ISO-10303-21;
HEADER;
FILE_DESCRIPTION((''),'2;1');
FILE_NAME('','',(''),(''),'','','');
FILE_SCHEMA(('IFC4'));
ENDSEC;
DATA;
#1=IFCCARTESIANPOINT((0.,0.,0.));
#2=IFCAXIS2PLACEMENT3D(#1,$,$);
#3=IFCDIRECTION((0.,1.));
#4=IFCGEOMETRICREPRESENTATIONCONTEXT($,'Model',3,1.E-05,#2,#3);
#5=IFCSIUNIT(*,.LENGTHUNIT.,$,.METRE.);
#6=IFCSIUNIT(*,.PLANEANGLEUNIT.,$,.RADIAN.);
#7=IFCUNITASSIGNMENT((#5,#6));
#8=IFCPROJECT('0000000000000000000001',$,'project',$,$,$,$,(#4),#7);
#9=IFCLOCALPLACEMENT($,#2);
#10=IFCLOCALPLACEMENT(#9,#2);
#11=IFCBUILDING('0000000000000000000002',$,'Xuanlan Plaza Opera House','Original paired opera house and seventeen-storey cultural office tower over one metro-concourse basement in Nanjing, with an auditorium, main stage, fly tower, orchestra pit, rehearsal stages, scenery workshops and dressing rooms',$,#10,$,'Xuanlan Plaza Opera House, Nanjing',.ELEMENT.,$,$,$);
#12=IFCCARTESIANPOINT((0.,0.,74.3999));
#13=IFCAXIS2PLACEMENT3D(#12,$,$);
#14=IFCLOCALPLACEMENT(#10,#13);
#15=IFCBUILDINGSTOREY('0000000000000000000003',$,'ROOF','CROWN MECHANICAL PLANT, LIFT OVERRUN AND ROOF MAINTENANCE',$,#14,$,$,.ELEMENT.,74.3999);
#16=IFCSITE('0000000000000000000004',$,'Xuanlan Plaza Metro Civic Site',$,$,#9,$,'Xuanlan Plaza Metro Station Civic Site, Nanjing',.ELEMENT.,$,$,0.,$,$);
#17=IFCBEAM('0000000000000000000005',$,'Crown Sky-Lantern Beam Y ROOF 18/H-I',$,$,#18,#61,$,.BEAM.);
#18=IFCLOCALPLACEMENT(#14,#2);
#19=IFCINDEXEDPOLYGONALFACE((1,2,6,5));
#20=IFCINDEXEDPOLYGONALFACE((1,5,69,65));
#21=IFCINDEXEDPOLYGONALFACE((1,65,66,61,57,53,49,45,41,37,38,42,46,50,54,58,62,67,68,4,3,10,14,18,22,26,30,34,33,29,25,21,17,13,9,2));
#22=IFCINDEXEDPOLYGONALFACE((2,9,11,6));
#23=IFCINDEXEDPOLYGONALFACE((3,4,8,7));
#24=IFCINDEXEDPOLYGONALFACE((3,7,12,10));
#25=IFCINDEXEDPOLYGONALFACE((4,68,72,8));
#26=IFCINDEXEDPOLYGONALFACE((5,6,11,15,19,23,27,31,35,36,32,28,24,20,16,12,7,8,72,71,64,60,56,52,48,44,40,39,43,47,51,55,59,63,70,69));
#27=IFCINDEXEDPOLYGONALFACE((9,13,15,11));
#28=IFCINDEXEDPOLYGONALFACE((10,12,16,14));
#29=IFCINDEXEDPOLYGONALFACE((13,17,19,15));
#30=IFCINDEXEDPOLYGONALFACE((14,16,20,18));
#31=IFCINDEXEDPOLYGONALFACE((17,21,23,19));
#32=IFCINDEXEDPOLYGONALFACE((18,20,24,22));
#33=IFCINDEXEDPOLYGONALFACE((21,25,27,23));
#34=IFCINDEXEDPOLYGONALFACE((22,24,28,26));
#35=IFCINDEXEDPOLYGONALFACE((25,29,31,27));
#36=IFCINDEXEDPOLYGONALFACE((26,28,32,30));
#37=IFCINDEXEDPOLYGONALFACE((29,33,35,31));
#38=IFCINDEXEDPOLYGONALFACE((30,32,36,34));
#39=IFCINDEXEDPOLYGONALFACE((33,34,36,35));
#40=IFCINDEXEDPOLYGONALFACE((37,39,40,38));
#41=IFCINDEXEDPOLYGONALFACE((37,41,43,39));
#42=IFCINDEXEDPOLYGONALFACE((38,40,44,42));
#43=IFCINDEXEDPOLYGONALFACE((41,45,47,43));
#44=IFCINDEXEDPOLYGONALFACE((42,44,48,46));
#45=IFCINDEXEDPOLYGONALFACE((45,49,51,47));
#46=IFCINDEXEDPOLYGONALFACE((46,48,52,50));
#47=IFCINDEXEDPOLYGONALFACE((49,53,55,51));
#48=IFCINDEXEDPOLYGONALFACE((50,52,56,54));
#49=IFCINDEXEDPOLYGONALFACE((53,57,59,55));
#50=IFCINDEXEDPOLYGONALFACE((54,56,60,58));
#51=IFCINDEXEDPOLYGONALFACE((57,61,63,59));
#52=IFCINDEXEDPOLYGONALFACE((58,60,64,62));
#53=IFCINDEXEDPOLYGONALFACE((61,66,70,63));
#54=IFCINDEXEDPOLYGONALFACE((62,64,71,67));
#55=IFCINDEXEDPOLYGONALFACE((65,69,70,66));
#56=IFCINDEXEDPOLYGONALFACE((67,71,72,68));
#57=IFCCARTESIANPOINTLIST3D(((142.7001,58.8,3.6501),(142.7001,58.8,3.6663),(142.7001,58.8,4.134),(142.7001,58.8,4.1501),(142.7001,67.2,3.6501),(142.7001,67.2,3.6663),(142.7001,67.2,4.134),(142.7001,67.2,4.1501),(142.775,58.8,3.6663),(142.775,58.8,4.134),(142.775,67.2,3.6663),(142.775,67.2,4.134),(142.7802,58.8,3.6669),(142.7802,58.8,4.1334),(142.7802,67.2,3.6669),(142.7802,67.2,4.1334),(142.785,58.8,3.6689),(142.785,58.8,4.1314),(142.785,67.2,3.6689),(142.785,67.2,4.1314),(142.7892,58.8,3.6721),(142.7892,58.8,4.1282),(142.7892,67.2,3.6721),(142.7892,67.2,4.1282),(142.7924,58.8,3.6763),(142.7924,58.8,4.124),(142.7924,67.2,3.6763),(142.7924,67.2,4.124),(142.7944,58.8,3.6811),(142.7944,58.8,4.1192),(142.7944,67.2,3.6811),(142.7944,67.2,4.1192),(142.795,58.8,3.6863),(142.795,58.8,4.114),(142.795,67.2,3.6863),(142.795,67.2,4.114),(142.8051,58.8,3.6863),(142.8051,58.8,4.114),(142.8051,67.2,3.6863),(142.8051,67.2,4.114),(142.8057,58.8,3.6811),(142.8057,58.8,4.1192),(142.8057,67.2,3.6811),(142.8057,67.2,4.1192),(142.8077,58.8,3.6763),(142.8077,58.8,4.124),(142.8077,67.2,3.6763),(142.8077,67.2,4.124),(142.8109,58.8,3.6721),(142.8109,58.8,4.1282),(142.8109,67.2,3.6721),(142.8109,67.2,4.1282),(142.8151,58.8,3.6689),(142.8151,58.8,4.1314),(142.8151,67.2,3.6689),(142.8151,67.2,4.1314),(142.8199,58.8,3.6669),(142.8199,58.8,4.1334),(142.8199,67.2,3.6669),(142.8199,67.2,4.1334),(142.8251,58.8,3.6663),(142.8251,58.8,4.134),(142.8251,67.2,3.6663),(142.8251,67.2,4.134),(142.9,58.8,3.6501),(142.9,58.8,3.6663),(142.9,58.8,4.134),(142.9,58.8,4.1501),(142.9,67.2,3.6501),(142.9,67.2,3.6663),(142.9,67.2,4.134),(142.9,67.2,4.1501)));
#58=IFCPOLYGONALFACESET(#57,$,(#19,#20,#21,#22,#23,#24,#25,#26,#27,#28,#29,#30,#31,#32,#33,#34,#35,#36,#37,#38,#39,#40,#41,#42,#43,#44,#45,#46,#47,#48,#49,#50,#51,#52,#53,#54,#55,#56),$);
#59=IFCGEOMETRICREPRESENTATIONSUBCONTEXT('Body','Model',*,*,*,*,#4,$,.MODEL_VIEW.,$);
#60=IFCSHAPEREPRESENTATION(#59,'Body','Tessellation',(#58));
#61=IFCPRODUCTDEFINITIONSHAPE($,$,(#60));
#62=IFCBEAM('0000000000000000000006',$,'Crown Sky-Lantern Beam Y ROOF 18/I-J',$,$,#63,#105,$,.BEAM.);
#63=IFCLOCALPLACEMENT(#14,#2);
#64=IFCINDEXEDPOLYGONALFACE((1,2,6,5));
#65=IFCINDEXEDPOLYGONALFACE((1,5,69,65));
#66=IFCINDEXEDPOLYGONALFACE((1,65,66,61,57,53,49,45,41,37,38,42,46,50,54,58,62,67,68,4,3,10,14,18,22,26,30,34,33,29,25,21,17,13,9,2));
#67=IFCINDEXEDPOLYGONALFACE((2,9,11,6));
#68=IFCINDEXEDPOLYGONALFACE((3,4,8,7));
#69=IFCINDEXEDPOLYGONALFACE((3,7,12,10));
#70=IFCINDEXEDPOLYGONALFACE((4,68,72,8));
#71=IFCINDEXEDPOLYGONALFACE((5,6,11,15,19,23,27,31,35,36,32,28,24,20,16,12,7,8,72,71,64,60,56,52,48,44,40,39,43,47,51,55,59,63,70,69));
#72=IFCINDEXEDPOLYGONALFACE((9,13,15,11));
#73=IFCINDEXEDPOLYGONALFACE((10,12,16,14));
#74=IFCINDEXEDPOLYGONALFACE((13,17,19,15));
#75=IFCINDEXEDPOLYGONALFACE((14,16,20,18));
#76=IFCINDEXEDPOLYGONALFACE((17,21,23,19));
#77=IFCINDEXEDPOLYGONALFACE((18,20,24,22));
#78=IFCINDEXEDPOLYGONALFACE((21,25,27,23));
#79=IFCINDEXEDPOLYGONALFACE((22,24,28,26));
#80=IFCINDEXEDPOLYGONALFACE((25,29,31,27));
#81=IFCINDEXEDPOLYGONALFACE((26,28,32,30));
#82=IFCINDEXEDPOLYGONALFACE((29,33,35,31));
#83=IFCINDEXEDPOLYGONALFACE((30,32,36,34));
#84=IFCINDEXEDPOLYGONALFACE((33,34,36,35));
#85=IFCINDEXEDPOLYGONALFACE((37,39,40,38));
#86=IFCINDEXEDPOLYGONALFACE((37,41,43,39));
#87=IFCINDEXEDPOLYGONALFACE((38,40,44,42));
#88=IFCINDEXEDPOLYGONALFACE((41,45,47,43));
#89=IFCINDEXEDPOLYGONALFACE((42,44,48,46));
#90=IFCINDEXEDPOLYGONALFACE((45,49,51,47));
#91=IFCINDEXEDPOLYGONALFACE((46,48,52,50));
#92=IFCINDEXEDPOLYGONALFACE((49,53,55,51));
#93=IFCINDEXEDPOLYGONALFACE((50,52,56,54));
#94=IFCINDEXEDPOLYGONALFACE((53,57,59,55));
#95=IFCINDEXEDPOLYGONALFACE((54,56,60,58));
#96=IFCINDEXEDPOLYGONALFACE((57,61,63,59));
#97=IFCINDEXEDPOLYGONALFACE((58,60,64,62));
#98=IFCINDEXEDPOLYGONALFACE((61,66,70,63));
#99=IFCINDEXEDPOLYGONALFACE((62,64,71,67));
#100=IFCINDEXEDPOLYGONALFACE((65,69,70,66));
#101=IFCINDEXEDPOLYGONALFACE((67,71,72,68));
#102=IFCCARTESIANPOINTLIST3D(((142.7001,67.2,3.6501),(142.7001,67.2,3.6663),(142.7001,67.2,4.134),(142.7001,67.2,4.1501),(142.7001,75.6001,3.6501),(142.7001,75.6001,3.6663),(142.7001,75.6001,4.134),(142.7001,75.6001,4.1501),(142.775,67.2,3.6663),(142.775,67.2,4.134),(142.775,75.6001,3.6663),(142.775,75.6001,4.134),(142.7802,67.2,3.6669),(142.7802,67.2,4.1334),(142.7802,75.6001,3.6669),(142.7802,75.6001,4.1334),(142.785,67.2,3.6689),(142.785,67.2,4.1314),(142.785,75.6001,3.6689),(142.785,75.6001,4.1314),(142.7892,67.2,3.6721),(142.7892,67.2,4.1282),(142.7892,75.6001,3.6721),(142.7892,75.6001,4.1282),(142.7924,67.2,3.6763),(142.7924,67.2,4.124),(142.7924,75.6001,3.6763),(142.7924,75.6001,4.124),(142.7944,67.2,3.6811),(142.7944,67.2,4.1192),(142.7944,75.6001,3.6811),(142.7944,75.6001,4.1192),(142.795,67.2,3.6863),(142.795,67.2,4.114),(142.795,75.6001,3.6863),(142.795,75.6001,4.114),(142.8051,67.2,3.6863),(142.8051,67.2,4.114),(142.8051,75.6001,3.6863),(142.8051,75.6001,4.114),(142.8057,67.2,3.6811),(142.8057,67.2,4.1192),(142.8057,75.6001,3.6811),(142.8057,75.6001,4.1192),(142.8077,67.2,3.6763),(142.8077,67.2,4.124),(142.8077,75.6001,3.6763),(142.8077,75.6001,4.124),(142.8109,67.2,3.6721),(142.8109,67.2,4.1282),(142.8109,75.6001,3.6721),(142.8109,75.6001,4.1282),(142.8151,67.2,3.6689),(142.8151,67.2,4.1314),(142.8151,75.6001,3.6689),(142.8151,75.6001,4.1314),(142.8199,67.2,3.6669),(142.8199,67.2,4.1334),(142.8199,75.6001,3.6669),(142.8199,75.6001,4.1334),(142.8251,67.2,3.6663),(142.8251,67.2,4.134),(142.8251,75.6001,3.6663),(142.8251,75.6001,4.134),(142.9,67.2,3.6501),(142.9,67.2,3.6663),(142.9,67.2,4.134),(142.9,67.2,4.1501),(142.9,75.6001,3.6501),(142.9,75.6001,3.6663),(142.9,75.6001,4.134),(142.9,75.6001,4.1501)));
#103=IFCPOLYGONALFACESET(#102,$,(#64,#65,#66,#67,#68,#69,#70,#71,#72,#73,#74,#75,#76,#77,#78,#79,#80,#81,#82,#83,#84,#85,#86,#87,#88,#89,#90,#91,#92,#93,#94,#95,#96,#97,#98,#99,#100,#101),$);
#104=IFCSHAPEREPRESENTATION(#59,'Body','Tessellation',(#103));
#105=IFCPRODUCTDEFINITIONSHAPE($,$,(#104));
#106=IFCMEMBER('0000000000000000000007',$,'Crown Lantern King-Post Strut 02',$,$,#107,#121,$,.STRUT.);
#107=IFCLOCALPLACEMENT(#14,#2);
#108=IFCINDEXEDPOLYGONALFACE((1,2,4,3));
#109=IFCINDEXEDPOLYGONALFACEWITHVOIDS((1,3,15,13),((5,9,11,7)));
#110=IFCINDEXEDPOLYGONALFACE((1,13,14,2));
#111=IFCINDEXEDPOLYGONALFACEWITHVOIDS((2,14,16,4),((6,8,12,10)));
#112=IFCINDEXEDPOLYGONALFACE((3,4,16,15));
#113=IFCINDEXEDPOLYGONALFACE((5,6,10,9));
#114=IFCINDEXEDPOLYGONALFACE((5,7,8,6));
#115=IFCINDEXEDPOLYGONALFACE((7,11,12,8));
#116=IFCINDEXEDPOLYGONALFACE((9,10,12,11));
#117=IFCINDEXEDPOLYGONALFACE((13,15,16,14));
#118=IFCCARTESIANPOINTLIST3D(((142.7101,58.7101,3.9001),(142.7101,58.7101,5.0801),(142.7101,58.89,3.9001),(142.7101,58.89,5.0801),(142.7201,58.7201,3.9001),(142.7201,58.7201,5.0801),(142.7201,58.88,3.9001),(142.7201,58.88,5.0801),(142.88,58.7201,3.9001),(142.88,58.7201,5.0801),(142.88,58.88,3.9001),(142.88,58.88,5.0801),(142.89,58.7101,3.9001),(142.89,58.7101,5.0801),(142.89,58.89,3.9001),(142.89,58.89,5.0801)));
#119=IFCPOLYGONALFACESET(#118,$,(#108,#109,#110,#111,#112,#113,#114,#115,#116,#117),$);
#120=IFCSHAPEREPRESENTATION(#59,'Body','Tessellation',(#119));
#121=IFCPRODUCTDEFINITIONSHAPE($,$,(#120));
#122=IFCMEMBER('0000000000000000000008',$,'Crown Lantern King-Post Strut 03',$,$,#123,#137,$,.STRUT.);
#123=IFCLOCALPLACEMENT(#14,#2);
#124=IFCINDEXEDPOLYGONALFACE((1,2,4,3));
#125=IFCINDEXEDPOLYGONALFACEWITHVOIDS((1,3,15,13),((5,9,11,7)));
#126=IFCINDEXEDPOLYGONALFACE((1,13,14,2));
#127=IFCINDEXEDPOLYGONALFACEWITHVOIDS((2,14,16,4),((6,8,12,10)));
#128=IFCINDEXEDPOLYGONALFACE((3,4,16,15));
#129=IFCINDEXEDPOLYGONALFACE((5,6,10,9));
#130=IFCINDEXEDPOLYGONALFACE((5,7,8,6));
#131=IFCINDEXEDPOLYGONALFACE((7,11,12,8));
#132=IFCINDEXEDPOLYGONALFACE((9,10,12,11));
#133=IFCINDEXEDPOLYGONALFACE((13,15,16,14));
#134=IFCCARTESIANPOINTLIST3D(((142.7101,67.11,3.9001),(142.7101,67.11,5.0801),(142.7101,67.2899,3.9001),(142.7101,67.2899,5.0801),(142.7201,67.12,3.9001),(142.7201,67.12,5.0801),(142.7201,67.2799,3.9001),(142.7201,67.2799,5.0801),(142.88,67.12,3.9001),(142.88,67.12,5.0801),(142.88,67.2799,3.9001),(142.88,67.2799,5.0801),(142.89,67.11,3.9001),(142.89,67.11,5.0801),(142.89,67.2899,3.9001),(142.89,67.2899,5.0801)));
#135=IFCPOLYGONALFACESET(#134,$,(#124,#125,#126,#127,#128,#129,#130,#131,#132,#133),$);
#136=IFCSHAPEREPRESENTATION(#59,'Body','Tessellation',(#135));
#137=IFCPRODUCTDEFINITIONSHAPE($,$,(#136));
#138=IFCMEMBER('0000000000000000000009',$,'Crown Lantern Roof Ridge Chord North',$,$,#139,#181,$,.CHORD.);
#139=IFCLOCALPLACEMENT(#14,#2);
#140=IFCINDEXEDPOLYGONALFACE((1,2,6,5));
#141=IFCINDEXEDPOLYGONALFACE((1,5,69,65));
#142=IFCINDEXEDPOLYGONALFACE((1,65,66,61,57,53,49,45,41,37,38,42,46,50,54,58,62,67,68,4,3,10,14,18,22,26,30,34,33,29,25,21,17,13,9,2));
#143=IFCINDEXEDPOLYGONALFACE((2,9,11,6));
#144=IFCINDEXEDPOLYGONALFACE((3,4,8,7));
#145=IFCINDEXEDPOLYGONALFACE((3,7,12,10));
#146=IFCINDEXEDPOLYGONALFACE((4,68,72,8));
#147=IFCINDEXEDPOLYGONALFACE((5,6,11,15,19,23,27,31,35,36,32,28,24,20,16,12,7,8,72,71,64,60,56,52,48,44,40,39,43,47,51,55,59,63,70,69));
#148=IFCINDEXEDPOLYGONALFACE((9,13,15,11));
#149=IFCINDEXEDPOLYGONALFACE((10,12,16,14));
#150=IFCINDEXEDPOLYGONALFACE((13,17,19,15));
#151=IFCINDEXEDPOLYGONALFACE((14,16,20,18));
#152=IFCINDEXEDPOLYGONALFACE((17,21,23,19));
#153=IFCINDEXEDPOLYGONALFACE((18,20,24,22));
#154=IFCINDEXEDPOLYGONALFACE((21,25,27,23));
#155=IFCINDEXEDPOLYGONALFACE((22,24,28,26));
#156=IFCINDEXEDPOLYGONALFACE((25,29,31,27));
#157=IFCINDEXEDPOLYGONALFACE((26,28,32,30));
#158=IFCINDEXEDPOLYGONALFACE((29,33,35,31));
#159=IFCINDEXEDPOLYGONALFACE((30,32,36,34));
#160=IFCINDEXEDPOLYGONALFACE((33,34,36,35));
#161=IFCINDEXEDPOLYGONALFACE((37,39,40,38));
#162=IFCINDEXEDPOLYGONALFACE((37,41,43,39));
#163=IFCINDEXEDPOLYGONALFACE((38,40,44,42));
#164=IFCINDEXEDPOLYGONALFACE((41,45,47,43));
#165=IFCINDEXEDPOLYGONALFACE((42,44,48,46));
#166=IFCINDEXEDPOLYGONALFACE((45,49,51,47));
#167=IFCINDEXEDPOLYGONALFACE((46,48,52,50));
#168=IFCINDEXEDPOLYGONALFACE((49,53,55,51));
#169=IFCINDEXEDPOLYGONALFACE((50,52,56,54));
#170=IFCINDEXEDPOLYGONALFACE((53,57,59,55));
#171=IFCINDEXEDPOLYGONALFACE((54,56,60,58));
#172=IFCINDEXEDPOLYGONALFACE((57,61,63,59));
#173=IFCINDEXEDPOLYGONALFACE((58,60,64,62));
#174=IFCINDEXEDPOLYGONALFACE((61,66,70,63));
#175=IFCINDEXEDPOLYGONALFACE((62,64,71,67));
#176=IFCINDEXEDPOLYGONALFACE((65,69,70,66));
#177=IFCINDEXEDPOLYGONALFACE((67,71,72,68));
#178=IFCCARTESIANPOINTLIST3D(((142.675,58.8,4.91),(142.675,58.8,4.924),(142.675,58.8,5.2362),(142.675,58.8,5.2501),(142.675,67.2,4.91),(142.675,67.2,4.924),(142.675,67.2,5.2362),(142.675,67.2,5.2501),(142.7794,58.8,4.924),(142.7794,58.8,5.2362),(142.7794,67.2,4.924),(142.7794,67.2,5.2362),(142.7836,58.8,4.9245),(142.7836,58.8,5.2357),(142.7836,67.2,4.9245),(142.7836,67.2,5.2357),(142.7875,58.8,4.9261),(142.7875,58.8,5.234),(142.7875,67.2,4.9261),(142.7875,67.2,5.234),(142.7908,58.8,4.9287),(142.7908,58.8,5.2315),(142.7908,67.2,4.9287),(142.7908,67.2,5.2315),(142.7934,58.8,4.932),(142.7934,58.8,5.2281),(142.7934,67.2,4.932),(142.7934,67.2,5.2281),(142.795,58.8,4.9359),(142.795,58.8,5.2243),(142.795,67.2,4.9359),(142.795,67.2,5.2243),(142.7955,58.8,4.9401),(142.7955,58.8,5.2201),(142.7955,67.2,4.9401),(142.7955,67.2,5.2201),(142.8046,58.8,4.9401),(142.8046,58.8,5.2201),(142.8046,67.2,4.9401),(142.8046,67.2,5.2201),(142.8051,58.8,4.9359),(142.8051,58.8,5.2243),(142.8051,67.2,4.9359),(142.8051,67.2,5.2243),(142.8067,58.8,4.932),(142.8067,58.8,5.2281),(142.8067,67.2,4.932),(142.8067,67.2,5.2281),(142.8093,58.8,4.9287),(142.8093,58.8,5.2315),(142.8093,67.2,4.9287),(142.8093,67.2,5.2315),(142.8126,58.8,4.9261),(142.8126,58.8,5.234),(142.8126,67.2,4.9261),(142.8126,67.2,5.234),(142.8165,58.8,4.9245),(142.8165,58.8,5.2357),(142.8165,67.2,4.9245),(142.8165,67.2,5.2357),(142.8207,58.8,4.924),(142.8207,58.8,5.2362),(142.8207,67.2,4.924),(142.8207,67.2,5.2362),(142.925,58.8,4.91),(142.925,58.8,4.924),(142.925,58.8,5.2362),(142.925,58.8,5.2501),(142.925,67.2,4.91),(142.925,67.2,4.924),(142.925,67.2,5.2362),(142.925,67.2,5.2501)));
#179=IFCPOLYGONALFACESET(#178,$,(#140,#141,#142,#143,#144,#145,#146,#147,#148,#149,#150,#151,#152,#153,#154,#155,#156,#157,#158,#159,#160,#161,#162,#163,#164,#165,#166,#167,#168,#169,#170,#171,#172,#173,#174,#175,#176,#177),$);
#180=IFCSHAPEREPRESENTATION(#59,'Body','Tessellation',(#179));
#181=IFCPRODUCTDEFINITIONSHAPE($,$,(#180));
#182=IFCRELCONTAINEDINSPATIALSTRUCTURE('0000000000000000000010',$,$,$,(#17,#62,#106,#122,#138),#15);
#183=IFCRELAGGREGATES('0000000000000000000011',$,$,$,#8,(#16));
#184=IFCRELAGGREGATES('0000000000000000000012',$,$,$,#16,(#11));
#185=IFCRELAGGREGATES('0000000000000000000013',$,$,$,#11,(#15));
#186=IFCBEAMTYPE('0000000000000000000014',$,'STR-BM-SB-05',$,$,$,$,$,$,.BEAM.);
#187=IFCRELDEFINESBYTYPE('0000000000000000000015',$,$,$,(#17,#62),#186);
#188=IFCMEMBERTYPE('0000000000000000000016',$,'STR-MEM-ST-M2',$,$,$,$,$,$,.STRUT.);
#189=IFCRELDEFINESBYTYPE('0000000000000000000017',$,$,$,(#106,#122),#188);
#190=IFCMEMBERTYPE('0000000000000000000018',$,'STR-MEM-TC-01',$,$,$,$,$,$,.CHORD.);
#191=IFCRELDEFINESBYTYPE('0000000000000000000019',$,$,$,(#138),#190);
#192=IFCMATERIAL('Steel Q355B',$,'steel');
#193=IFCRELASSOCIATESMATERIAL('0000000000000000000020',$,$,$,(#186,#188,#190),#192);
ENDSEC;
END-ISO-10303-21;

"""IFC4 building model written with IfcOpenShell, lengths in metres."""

from ifc_helpers import new_model, si_unit, direction, frame, origin, origin_2d, place, context, subcontext, project, spatial, hollow_rectangle, i_section, extrude, material, material_profile, profile_set, type_object, element, save


model = new_model("IFC4")

# Units and contexts
model_context = context("Model", 3, precision=1e-05, world=origin(), true_north=direction((0.0, 1.0)))
body_context = subcontext(model_context, "Body", "Model", "MODEL_VIEW")
ifc_project = project(units=[si_unit("LENGTHUNIT", "METRE"), si_unit("PLANEANGLEUNIT", "RADIAN")], contexts=[model_context])

# Site, building, storey
site_placement = place(None, origin())
site = spatial("IfcSite", under=ifc_project, at=site_placement, Name="Xuanlan Plaza Metro Civic Site", LongName="Xuanlan Plaza Metro Station Civic Site, Nanjing", CompositionType="ELEMENT", RefElevation=0.0)
building_placement = place(site_placement, origin())
building = spatial("IfcBuilding", under=site, at=building_placement, Name="Xuanlan Plaza Opera House", Description="Original paired opera house and seventeen-storey cultural office tower over one metro-concourse basement in Nanjing, with an auditorium, main stage, fly tower, orchestra pit, rehearsal stages, scenery workshops and dressing rooms", LongName="Xuanlan Plaza Opera House, Nanjing", CompositionType="ELEMENT")
storey_placement = place(building_placement, frame((0.0, 0.0, 74.3999)))
storey = spatial("IfcBuildingStorey", under=building, at=storey_placement, Name="ROOF", Description="CROWN MECHANICAL PLANT, LIFT OVERRUN AND ROOF MAINTENANCE", CompositionType="ELEMENT", Elevation=74.3999)

# Shared definitions
ifc_material_1 = material(Name="Steel Q355B", Category="steel")

# Beams
ifc_material_profile_1 = material_profile(ifc_material_1, i_section(OverallWidth=0.2, OverallDepth=0.5, WebThickness=0.01, FlangeThickness=0.0161, FilletRadius=0.02, at=origin_2d()), Name="HN 500x200x10x16")
ifc_profile_set_1 = profile_set([ifc_material_profile_1], Name="Steel Q355B")
beam_type = type_object("IfcBeamType", Name="STR-BM-SB-05", PredefinedType="BEAM", material=ifc_profile_set_1)
for number, where, z_axis, x_axis, name in (
    (1, (142.8, 58.8, 3.9001), (0.0, 1.0, 0.0), (-1.0, 0.0, 0.0), "Crown Sky-Lantern Beam Y ROOF 18/H-I"),
):
    element("IfcBeam", number, at=place(storey_placement, frame(where, z_axis=z_axis, x_axis=x_axis)), inside=storey, type_object=beam_type, Name=name, PredefinedType="BEAM", context=body_context, shape_type="SweptSolid", body=[
        extrude(i_section(OverallWidth=0.2, OverallDepth=0.5, WebThickness=0.01, FlangeThickness=0.0161, FilletRadius=0.02, at=origin_2d()), origin(), (0.0, 0.0, 1.0), 8.3999),
    ])
beam_placement = place(storey_placement, frame((142.8, 67.2, 3.9001), z_axis=(0.0, 1.0, 0.0), x_axis=(-1.0, 0.0, 0.0)))
element("IfcBeam", 2, at=beam_placement, inside=storey, type_object=beam_type, Name="Crown Sky-Lantern Beam Y ROOF 18/I-J", PredefinedType="BEAM", context=body_context, shape_type="SweptSolid", body=[
    extrude(i_section(OverallWidth=0.2, OverallDepth=0.5, WebThickness=0.01, FlangeThickness=0.0161, FilletRadius=0.02, at=origin_2d()), origin(), (0.0, 0.0, 1.0), 8.4001),
])

# Members
ifc_material_profile_2 = material_profile(ifc_material_1, hollow_rectangle(XDim=0.1799, YDim=0.1799, WallThickness=0.01, at=origin_2d()), Name="SHS 180x180x10")
ifc_profile_set_2 = profile_set([ifc_material_profile_2], Name="Steel Q355B")
member_type_1 = type_object("IfcMemberType", Name="STR-MEM-ST-M2", PredefinedType="STRUT", material=ifc_profile_set_2)
for number, where, z_axis, x_axis, name in (
    (3, (142.8, 58.8, 3.9001), (0.0, 0.0, 1.0), (1.0, 0.0, 0.0), "Crown Lantern King-Post Strut 02"),
    (4, (142.8, 67.2, 3.9001), (0.0, 0.0, 1.0), (1.0, 0.0, 0.0), "Crown Lantern King-Post Strut 03"),
):
    element("IfcMember", number, at=place(storey_placement, frame(where, z_axis=z_axis, x_axis=x_axis)), inside=storey, type_object=member_type_1, Name=name, PredefinedType="STRUT", context=body_context, shape_type="SweptSolid", body=[
        extrude(hollow_rectangle(XDim=0.1799, YDim=0.1799, WallThickness=0.01, at=origin_2d()), origin(), (0.0, 0.0, 1.0), 1.1799),
    ])
ifc_material_profile_3 = material_profile(ifc_material_1, i_section(OverallWidth=0.25, OverallDepth=0.3401, WebThickness=0.009, FlangeThickness=0.0139, FilletRadius=0.0161, at=origin_2d()), Name="HM 340x250x9x14")
ifc_profile_set_3 = profile_set([ifc_material_profile_3], Name="Steel Q355B")
member_type_2 = type_object("IfcMemberType", Name="STR-MEM-TC-01", PredefinedType="CHORD", material=ifc_profile_set_3)
member_1_placement = place(storey_placement, frame((142.8, 58.8, 5.0801), z_axis=(0.0, 1.0, 0.0), x_axis=(-1.0, 0.0, 0.0)))
element("IfcMember", 5, at=member_1_placement, inside=storey, type_object=member_type_2, Name="Crown Lantern Roof Ridge Chord North", PredefinedType="CHORD", context=body_context, shape_type="SweptSolid", body=[
    extrude(i_section(OverallWidth=0.25, OverallDepth=0.3401, WebThickness=0.009, FlangeThickness=0.0139, FilletRadius=0.0161, at=origin_2d()), origin(), (0.0, 0.0, 1.0), 8.3999),
])

save(model, "model.ifc")
